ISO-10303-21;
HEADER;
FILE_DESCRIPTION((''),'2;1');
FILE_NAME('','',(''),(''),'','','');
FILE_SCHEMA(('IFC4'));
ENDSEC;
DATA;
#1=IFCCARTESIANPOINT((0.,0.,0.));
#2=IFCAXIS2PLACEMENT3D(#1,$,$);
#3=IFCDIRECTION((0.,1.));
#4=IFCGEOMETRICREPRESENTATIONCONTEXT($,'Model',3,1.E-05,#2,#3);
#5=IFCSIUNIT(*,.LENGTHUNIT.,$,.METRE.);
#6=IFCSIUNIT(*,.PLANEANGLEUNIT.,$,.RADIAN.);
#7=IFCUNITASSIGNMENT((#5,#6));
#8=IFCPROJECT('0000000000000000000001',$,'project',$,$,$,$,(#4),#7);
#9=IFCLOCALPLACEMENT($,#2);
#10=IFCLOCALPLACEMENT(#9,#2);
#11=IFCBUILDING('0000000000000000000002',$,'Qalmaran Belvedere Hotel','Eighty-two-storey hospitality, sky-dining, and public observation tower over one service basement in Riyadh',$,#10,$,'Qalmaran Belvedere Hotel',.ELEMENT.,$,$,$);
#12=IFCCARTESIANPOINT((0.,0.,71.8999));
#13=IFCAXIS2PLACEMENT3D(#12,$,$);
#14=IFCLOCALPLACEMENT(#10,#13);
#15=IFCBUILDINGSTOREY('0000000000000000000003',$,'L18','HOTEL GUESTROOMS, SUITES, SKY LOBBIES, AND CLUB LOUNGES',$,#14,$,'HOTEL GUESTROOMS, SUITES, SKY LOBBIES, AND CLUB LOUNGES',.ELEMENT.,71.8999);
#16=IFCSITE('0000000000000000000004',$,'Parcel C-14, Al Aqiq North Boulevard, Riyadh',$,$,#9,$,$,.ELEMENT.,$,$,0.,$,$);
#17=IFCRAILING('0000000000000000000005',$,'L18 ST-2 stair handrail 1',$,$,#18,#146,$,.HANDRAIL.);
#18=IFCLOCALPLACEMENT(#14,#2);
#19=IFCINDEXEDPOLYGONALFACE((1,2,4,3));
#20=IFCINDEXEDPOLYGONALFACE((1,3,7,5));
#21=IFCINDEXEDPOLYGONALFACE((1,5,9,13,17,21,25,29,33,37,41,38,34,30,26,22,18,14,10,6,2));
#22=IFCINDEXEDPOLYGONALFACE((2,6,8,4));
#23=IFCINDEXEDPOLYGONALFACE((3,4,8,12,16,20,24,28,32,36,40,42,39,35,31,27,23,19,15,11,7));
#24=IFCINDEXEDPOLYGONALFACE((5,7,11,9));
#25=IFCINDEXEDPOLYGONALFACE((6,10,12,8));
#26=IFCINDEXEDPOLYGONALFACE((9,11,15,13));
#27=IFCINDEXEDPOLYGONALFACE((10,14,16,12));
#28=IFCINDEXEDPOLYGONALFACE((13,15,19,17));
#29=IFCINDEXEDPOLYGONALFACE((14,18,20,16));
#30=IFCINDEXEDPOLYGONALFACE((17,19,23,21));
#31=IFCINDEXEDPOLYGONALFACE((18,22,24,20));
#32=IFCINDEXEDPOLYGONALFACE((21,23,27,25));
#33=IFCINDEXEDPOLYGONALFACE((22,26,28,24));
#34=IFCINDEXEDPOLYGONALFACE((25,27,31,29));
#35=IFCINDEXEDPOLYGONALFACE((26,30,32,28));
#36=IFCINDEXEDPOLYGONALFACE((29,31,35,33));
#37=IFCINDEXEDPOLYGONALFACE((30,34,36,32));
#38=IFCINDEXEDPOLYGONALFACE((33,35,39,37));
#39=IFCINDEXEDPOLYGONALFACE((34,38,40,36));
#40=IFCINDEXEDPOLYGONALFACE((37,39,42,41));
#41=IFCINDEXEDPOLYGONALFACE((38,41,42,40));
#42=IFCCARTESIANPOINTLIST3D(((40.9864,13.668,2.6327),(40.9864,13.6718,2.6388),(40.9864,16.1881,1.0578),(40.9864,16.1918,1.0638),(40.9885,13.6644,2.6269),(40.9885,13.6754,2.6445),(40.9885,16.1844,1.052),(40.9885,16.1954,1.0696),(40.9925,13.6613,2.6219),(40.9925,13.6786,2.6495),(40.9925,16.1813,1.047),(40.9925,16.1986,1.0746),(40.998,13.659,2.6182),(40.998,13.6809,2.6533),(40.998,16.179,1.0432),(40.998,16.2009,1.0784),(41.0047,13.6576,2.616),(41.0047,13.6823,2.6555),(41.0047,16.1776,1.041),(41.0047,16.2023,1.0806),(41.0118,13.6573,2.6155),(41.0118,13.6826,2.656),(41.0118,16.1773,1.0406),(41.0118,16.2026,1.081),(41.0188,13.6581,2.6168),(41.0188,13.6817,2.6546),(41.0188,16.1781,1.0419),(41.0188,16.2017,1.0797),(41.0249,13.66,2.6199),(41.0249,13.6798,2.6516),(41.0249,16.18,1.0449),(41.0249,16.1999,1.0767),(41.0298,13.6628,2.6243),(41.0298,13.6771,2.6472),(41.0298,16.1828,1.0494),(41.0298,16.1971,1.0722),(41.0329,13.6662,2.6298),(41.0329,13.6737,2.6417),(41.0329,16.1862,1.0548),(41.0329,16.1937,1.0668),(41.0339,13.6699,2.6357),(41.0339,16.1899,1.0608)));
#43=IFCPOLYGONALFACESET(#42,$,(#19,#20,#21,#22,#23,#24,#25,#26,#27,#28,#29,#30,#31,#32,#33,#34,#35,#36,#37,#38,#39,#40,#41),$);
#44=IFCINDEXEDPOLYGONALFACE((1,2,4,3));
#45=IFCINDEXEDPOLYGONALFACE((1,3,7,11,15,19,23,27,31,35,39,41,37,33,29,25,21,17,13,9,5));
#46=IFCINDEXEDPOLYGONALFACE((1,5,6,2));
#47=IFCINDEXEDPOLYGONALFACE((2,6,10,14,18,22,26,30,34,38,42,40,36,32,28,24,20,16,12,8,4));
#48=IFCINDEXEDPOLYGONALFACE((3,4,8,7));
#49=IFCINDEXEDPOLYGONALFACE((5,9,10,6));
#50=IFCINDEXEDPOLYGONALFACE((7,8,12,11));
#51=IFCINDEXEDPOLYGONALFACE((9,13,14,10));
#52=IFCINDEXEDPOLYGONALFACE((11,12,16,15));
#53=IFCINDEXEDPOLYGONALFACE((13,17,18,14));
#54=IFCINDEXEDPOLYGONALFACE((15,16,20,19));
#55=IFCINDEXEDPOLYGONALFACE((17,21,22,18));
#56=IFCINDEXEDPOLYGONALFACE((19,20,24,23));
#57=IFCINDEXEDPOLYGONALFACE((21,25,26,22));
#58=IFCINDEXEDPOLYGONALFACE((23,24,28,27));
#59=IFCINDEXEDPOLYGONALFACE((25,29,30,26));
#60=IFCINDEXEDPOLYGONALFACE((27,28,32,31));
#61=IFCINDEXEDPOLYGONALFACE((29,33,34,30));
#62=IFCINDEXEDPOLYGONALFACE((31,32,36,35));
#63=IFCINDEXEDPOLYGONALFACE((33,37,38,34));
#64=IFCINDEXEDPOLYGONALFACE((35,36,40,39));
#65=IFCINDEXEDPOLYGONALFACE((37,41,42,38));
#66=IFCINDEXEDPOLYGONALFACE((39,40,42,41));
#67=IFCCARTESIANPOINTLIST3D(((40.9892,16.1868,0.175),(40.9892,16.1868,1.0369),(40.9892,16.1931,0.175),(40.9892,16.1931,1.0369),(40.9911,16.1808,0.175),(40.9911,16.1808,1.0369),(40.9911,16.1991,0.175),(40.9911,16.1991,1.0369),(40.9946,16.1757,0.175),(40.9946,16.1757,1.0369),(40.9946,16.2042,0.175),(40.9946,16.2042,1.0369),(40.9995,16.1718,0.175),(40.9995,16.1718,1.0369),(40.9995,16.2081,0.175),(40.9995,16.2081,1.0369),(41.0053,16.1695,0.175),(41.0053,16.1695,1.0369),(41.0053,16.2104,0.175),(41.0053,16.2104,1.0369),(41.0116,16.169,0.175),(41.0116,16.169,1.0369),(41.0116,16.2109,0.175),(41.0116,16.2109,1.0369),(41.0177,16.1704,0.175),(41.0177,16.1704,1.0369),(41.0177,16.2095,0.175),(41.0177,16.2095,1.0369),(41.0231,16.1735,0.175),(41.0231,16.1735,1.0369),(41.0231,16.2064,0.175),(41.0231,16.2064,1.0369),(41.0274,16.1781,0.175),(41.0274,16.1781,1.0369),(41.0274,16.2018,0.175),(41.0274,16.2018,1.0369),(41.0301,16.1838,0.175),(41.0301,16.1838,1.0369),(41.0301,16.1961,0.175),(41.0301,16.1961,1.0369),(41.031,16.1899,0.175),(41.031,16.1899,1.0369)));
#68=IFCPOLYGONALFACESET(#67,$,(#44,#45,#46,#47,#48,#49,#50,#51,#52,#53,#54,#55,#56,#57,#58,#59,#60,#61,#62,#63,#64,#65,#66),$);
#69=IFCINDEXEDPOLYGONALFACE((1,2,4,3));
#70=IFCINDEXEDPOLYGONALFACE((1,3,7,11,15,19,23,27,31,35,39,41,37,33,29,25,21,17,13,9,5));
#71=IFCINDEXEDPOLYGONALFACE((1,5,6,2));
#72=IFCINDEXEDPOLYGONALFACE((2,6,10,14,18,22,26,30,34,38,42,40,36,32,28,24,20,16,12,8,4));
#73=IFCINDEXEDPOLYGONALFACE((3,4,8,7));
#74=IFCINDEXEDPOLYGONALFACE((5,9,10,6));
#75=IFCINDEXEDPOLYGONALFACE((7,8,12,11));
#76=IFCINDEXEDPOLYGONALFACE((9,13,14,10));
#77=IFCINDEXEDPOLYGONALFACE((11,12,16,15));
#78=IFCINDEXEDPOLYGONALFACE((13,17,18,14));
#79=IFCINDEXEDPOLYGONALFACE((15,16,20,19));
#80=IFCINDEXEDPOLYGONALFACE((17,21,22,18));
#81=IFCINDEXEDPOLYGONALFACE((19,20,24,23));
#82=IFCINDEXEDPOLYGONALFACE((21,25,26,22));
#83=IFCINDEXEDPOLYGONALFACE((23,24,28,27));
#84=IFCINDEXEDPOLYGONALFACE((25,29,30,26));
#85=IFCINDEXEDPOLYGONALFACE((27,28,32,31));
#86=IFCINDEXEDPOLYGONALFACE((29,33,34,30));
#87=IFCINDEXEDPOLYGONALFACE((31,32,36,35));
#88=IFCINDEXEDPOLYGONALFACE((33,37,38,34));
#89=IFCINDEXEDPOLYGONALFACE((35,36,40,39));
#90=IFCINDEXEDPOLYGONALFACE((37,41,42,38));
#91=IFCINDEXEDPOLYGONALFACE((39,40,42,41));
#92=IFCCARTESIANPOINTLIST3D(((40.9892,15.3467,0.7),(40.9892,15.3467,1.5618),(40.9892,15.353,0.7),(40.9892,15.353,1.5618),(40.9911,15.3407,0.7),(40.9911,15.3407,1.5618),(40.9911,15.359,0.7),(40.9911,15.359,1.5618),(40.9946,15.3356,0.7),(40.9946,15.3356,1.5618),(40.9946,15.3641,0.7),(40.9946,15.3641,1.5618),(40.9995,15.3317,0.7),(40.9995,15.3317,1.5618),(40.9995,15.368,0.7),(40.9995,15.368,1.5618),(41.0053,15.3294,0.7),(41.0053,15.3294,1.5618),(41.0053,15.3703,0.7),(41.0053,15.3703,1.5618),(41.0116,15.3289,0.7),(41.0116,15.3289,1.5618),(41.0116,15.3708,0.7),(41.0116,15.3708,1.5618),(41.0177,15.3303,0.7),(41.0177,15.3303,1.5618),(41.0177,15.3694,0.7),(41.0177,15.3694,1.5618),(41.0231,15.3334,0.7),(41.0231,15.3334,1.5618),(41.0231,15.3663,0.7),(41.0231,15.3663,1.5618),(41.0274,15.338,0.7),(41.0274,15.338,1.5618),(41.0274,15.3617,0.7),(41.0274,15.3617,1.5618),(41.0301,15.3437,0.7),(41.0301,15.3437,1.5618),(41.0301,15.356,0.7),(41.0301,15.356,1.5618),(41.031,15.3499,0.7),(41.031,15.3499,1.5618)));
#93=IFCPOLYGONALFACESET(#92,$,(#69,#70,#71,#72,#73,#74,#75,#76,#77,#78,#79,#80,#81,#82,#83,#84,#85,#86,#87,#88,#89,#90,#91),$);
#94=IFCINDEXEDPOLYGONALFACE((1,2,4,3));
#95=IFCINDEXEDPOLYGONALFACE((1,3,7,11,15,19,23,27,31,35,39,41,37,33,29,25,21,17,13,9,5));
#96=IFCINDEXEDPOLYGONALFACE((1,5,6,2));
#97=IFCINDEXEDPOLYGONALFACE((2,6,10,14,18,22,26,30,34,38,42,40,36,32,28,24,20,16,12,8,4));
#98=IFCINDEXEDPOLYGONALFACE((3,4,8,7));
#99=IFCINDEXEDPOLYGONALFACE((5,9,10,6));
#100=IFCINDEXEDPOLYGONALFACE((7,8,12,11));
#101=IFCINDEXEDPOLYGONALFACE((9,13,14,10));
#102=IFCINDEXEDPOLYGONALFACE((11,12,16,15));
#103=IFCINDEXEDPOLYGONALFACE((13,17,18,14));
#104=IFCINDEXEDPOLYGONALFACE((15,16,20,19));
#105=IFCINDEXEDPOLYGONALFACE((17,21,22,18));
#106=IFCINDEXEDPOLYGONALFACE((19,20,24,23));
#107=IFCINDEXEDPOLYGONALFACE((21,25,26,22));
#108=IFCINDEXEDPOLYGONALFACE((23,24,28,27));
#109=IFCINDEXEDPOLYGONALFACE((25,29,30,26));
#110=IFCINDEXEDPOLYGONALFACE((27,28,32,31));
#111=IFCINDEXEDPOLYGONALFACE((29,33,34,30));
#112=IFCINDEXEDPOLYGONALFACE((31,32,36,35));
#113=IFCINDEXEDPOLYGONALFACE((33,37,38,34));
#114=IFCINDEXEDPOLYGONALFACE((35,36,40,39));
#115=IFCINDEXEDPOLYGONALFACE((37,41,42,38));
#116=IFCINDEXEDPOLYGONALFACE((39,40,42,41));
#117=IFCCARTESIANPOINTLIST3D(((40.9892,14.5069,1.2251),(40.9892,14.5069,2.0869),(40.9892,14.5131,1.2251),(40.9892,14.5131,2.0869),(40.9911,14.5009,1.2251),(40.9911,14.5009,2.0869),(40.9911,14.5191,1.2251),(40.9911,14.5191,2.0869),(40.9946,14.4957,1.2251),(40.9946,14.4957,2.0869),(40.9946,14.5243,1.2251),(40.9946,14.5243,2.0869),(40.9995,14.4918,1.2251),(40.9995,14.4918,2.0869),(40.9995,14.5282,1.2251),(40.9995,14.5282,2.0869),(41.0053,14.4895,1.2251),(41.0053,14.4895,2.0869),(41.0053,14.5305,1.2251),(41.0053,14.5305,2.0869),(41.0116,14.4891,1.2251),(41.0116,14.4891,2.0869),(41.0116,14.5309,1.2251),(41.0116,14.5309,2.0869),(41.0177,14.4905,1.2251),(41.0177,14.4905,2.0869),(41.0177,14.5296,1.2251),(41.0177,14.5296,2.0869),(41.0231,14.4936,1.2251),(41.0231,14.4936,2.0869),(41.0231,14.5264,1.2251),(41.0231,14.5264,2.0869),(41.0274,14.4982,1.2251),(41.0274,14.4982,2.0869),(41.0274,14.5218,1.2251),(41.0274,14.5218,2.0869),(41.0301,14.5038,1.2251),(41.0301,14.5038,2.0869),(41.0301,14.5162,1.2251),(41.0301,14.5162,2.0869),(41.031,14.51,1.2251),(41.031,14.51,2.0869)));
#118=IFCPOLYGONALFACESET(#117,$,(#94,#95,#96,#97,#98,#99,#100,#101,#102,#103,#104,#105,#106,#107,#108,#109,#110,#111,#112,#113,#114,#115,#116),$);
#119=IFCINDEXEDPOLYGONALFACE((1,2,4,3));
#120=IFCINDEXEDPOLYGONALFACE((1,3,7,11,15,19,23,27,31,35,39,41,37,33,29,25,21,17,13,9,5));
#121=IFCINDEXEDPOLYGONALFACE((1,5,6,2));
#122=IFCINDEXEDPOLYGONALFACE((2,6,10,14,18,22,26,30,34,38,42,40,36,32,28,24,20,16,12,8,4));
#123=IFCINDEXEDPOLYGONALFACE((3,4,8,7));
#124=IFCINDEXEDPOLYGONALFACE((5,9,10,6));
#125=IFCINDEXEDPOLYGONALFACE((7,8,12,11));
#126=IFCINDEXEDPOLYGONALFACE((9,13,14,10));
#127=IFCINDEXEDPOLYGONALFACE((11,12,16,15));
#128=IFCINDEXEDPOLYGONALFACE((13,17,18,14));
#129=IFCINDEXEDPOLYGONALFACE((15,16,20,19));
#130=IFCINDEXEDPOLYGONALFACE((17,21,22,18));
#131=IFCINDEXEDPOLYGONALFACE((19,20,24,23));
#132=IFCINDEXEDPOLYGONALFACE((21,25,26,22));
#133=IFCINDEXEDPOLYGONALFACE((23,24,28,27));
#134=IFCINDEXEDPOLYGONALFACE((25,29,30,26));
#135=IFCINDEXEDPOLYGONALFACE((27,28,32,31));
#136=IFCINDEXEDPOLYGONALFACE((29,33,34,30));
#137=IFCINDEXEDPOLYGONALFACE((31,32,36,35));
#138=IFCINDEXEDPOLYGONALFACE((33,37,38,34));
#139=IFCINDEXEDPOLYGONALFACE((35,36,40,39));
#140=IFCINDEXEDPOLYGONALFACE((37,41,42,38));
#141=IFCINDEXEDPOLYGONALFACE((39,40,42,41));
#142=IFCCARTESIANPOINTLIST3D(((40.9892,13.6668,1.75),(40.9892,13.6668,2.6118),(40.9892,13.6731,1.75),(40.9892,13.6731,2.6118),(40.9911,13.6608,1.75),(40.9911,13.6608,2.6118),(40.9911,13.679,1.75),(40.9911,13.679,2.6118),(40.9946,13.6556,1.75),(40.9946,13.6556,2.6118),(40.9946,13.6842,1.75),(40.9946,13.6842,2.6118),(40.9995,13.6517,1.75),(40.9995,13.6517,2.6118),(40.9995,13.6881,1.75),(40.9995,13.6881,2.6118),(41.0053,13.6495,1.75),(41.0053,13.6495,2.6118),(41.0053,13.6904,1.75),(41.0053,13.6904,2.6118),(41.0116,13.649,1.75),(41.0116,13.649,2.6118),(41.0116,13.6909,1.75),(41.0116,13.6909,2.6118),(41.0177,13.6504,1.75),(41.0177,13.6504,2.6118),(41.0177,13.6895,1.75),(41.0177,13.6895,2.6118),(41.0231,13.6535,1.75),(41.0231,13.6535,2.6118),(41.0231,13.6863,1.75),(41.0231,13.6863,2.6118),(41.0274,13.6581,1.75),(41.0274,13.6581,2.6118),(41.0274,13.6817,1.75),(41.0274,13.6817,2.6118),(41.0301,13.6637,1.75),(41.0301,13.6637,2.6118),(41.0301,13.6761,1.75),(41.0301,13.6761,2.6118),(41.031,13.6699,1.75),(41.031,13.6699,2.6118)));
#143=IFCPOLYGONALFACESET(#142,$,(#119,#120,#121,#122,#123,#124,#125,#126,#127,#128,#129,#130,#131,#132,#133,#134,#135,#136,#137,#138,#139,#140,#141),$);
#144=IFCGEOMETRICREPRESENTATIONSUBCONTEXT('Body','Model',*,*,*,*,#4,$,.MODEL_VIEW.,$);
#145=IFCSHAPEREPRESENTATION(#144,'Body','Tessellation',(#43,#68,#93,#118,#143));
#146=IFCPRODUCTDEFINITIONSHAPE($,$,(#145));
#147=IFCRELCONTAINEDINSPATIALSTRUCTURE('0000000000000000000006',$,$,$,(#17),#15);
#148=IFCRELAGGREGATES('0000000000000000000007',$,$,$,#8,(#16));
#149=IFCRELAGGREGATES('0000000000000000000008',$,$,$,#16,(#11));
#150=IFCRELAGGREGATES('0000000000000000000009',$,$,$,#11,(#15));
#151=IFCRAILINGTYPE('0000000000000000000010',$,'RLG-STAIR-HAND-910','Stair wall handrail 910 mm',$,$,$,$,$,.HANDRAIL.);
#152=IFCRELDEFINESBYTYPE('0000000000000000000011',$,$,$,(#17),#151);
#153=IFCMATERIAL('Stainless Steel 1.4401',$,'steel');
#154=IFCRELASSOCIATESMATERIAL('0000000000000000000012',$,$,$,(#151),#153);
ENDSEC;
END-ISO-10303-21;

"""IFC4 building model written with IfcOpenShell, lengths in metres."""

from ifc_helpers import new_model, si_unit, direction, frame, origin, origin_2d, place, context, subcontext, project, spatial, circle, extrude, material, type_object, element, save


model = new_model("IFC4")

# Units and contexts
model_context = context("Model", 3, precision=1e-05, world=origin(), true_north=direction((0.0, 1.0)))
body_context = subcontext(model_context, "Body", "Model", "MODEL_VIEW")
ifc_project = project(units=[si_unit("LENGTHUNIT", "METRE"), si_unit("PLANEANGLEUNIT", "RADIAN")], contexts=[model_context])

# Site, building, storey
site_placement = place(None, origin())
site = spatial("IfcSite", under=ifc_project, at=site_placement, Name="Parcel C-14, Al Aqiq North Boulevard, Riyadh", CompositionType="ELEMENT", RefElevation=0.0)
building_placement = place(site_placement, origin())
building = spatial("IfcBuilding", under=site, at=building_placement, Name="Qalmaran Belvedere Hotel", Description="Eighty-two-storey hospitality, sky-dining, and public observation tower over one service basement in Riyadh", LongName="Qalmaran Belvedere Hotel", CompositionType="ELEMENT")
storey_placement = place(building_placement, frame((0.0, 0.0, 71.8999)))
storey = spatial("IfcBuildingStorey", under=building, at=storey_placement, Name="L18", Description="HOTEL GUESTROOMS, SUITES, SKY LOBBIES, AND CLUB LOUNGES", LongName="HOTEL GUESTROOMS, SUITES, SKY LOBBIES, AND CLUB LOUNGES", CompositionType="ELEMENT", Elevation=71.8999)

# Shared definitions
ifc_material_1 = material(Name="Stainless Steel 1.4401", Category="steel")

# Railing
railing_type_1 = type_object("IfcRailingType", Name="RLG-STAIR-HAND-910", Description="Stair wall handrail 910 mm", PredefinedType="HANDRAIL", material=ifc_material_1)
railing_1_placement = place(storey_placement, frame((41.01, 16.1899, 0.175)))
element("IfcRailing", 1, at=railing_1_placement, inside=storey, type_object=railing_type_1, Name="L18 ST-2 stair handrail 1", PredefinedType="HANDRAIL", context=body_context, shape_type="SweptSolid", body=[
    extrude(circle(Radius=0.0239, at=origin_2d()), frame((0.0, 0.0, 0.8857), z_axis=(0.0, -0.848008, 0.529984), x_axis=(1.0, 0.0, 0.0)), (0.0, 0.0, 1.0), 2.9717),
    extrude(circle(Radius=0.021, at=origin_2d()), origin(), (0.0, 0.0, 1.0), 0.8618),
    extrude(circle(Radius=0.021, at=origin_2d()), frame((0.0, -0.8401, 0.5249)), (0.0, 0.0, 1.0), 0.8618),
    extrude(circle(Radius=0.021, at=origin_2d()), frame((0.0, -1.6799, 1.05)), (0.0, 0.0, 1.0), 0.8618),
    extrude(circle(Radius=0.021, at=origin_2d()), frame((0.0, -2.52, 1.575)), (0.0, 0.0, 1.0), 0.8618),
])

save(model, "model.ifc")
